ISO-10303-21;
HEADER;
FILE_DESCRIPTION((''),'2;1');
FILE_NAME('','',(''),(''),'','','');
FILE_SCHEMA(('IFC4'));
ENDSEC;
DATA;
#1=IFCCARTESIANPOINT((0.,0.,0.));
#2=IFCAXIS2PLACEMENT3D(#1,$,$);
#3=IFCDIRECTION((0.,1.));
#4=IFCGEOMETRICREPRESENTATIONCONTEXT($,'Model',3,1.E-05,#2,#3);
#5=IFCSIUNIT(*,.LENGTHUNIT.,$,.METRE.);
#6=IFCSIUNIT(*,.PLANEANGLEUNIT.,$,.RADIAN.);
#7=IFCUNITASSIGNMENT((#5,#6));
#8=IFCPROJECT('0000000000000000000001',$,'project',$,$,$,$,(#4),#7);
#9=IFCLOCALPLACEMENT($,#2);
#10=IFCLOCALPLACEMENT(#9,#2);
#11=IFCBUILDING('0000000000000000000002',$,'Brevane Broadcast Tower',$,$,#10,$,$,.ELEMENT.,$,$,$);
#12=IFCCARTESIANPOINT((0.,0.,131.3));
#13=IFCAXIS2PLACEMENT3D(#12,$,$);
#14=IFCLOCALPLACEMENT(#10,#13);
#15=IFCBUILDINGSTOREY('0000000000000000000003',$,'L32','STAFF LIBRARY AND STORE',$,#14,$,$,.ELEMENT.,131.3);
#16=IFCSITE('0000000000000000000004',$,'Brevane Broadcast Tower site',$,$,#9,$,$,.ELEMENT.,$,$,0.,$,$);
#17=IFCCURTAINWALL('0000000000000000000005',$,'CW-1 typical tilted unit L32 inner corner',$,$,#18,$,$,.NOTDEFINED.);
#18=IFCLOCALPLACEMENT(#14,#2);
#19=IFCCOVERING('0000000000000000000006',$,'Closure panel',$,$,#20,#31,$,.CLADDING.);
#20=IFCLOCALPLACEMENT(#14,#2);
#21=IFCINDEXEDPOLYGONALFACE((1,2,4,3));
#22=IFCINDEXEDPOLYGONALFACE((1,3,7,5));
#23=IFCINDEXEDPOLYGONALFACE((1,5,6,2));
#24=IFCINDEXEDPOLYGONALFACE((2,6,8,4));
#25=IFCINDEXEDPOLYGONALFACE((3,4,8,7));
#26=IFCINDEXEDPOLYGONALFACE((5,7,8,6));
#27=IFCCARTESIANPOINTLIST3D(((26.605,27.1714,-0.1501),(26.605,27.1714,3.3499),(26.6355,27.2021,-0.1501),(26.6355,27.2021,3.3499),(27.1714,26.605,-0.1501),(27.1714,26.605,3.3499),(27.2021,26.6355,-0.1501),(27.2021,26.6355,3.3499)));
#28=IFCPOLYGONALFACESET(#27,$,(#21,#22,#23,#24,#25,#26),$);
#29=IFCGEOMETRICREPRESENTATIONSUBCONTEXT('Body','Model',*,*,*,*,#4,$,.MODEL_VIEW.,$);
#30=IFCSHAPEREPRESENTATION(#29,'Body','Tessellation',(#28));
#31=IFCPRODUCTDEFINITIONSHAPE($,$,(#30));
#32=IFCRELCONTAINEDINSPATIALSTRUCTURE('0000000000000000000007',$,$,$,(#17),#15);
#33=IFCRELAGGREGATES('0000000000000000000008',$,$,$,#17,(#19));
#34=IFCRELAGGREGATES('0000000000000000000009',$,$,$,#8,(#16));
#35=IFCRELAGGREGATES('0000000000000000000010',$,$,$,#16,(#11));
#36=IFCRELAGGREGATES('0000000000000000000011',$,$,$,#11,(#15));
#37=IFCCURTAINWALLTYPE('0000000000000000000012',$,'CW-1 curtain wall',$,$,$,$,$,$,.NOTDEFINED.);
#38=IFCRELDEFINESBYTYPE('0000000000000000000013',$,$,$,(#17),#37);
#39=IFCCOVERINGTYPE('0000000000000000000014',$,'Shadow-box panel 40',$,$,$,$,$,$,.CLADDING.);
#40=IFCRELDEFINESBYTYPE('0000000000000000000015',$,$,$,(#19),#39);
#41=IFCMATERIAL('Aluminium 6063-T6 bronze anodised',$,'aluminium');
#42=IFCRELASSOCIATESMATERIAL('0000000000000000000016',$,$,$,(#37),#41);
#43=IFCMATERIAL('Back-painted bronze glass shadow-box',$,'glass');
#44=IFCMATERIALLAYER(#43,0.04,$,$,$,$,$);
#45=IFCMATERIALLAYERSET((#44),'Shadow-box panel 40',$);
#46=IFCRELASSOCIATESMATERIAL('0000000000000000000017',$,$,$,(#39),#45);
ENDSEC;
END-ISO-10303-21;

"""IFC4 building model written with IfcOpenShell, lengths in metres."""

from ifc_helpers import new_model, si_unit, direction, frame, origin, place, context, subcontext, project, spatial, polyline, outline, extrude, material, layer, layer_set, type_object, element, aggregate, save


model = new_model("IFC4")

# Units and contexts
model_context = context("Model", 3, precision=1e-05, world=origin(), true_north=direction((0.0, 1.0)))
body_context = subcontext(model_context, "Body", "Model", "MODEL_VIEW")
ifc_project = project(units=[si_unit("LENGTHUNIT", "METRE"), si_unit("PLANEANGLEUNIT", "RADIAN")], contexts=[model_context])

# Site, building, storey
site_placement = place(None, origin())
site = spatial("IfcSite", under=ifc_project, at=site_placement, Name="Brevane Broadcast Tower site", CompositionType="ELEMENT", RefElevation=0.0)
building_placement = place(site_placement, origin())
building = spatial("IfcBuilding", under=site, at=building_placement, Name="Brevane Broadcast Tower", CompositionType="ELEMENT")
storey_placement = place(building_placement, frame((0.0, 0.0, 131.3)))
storey = spatial("IfcBuildingStorey", under=building, at=storey_placement, Name="L32", Description="STAFF LIBRARY AND STORE", CompositionType="ELEMENT", Elevation=131.3)

# Shared definitions
ifc_material_1 = material(Name="Aluminium 6063-T6 bronze anodised", Category="aluminium")
curtain_wall_type = type_object("IfcCurtainWallType", Name="CW-1 curtain wall", PredefinedType="NOTDEFINED", material=ifc_material_1)

# Curtain wall, covering
curtain_wall_1_placement = place(storey_placement, origin())
curtain_wall_1 = element("IfcCurtainWall", 1, at=curtain_wall_1_placement, inside=storey, type_object=curtain_wall_type, Name="CW-1 typical tilted unit L32 inner corner", PredefinedType="NOTDEFINED")
ifc_material_2 = material(Name="Back-painted bronze glass shadow-box", Category="glass")
ifc_layer_1 = layer(ifc_material_2, 0.04)
ifc_layer_set_1 = layer_set([ifc_layer_1], Name="Shadow-box panel 40")
covering_type = type_object("IfcCoveringType", Name="Shadow-box panel 40", PredefinedType="CLADDING", material=ifc_layer_set_1)
covering_placement = place(storey_placement, frame((0.0, 0.0, -0.1501)))
covering = element("IfcCovering", 2, at=covering_placement, type_object=covering_type, Name="Closure panel", PredefinedType="CLADDING", context=body_context, shape_type="SweptSolid", body=[
    extrude(outline(polyline([(27.1714, 26.605), (27.2021, 26.6355), (26.6355, 27.2021), (26.605, 27.1714), (27.1714, 26.605)])), origin(), (0.0, 0.0, 1.0), 3.5),
])
aggregate(curtain_wall_1, [covering])

save(model, "model.ifc")
